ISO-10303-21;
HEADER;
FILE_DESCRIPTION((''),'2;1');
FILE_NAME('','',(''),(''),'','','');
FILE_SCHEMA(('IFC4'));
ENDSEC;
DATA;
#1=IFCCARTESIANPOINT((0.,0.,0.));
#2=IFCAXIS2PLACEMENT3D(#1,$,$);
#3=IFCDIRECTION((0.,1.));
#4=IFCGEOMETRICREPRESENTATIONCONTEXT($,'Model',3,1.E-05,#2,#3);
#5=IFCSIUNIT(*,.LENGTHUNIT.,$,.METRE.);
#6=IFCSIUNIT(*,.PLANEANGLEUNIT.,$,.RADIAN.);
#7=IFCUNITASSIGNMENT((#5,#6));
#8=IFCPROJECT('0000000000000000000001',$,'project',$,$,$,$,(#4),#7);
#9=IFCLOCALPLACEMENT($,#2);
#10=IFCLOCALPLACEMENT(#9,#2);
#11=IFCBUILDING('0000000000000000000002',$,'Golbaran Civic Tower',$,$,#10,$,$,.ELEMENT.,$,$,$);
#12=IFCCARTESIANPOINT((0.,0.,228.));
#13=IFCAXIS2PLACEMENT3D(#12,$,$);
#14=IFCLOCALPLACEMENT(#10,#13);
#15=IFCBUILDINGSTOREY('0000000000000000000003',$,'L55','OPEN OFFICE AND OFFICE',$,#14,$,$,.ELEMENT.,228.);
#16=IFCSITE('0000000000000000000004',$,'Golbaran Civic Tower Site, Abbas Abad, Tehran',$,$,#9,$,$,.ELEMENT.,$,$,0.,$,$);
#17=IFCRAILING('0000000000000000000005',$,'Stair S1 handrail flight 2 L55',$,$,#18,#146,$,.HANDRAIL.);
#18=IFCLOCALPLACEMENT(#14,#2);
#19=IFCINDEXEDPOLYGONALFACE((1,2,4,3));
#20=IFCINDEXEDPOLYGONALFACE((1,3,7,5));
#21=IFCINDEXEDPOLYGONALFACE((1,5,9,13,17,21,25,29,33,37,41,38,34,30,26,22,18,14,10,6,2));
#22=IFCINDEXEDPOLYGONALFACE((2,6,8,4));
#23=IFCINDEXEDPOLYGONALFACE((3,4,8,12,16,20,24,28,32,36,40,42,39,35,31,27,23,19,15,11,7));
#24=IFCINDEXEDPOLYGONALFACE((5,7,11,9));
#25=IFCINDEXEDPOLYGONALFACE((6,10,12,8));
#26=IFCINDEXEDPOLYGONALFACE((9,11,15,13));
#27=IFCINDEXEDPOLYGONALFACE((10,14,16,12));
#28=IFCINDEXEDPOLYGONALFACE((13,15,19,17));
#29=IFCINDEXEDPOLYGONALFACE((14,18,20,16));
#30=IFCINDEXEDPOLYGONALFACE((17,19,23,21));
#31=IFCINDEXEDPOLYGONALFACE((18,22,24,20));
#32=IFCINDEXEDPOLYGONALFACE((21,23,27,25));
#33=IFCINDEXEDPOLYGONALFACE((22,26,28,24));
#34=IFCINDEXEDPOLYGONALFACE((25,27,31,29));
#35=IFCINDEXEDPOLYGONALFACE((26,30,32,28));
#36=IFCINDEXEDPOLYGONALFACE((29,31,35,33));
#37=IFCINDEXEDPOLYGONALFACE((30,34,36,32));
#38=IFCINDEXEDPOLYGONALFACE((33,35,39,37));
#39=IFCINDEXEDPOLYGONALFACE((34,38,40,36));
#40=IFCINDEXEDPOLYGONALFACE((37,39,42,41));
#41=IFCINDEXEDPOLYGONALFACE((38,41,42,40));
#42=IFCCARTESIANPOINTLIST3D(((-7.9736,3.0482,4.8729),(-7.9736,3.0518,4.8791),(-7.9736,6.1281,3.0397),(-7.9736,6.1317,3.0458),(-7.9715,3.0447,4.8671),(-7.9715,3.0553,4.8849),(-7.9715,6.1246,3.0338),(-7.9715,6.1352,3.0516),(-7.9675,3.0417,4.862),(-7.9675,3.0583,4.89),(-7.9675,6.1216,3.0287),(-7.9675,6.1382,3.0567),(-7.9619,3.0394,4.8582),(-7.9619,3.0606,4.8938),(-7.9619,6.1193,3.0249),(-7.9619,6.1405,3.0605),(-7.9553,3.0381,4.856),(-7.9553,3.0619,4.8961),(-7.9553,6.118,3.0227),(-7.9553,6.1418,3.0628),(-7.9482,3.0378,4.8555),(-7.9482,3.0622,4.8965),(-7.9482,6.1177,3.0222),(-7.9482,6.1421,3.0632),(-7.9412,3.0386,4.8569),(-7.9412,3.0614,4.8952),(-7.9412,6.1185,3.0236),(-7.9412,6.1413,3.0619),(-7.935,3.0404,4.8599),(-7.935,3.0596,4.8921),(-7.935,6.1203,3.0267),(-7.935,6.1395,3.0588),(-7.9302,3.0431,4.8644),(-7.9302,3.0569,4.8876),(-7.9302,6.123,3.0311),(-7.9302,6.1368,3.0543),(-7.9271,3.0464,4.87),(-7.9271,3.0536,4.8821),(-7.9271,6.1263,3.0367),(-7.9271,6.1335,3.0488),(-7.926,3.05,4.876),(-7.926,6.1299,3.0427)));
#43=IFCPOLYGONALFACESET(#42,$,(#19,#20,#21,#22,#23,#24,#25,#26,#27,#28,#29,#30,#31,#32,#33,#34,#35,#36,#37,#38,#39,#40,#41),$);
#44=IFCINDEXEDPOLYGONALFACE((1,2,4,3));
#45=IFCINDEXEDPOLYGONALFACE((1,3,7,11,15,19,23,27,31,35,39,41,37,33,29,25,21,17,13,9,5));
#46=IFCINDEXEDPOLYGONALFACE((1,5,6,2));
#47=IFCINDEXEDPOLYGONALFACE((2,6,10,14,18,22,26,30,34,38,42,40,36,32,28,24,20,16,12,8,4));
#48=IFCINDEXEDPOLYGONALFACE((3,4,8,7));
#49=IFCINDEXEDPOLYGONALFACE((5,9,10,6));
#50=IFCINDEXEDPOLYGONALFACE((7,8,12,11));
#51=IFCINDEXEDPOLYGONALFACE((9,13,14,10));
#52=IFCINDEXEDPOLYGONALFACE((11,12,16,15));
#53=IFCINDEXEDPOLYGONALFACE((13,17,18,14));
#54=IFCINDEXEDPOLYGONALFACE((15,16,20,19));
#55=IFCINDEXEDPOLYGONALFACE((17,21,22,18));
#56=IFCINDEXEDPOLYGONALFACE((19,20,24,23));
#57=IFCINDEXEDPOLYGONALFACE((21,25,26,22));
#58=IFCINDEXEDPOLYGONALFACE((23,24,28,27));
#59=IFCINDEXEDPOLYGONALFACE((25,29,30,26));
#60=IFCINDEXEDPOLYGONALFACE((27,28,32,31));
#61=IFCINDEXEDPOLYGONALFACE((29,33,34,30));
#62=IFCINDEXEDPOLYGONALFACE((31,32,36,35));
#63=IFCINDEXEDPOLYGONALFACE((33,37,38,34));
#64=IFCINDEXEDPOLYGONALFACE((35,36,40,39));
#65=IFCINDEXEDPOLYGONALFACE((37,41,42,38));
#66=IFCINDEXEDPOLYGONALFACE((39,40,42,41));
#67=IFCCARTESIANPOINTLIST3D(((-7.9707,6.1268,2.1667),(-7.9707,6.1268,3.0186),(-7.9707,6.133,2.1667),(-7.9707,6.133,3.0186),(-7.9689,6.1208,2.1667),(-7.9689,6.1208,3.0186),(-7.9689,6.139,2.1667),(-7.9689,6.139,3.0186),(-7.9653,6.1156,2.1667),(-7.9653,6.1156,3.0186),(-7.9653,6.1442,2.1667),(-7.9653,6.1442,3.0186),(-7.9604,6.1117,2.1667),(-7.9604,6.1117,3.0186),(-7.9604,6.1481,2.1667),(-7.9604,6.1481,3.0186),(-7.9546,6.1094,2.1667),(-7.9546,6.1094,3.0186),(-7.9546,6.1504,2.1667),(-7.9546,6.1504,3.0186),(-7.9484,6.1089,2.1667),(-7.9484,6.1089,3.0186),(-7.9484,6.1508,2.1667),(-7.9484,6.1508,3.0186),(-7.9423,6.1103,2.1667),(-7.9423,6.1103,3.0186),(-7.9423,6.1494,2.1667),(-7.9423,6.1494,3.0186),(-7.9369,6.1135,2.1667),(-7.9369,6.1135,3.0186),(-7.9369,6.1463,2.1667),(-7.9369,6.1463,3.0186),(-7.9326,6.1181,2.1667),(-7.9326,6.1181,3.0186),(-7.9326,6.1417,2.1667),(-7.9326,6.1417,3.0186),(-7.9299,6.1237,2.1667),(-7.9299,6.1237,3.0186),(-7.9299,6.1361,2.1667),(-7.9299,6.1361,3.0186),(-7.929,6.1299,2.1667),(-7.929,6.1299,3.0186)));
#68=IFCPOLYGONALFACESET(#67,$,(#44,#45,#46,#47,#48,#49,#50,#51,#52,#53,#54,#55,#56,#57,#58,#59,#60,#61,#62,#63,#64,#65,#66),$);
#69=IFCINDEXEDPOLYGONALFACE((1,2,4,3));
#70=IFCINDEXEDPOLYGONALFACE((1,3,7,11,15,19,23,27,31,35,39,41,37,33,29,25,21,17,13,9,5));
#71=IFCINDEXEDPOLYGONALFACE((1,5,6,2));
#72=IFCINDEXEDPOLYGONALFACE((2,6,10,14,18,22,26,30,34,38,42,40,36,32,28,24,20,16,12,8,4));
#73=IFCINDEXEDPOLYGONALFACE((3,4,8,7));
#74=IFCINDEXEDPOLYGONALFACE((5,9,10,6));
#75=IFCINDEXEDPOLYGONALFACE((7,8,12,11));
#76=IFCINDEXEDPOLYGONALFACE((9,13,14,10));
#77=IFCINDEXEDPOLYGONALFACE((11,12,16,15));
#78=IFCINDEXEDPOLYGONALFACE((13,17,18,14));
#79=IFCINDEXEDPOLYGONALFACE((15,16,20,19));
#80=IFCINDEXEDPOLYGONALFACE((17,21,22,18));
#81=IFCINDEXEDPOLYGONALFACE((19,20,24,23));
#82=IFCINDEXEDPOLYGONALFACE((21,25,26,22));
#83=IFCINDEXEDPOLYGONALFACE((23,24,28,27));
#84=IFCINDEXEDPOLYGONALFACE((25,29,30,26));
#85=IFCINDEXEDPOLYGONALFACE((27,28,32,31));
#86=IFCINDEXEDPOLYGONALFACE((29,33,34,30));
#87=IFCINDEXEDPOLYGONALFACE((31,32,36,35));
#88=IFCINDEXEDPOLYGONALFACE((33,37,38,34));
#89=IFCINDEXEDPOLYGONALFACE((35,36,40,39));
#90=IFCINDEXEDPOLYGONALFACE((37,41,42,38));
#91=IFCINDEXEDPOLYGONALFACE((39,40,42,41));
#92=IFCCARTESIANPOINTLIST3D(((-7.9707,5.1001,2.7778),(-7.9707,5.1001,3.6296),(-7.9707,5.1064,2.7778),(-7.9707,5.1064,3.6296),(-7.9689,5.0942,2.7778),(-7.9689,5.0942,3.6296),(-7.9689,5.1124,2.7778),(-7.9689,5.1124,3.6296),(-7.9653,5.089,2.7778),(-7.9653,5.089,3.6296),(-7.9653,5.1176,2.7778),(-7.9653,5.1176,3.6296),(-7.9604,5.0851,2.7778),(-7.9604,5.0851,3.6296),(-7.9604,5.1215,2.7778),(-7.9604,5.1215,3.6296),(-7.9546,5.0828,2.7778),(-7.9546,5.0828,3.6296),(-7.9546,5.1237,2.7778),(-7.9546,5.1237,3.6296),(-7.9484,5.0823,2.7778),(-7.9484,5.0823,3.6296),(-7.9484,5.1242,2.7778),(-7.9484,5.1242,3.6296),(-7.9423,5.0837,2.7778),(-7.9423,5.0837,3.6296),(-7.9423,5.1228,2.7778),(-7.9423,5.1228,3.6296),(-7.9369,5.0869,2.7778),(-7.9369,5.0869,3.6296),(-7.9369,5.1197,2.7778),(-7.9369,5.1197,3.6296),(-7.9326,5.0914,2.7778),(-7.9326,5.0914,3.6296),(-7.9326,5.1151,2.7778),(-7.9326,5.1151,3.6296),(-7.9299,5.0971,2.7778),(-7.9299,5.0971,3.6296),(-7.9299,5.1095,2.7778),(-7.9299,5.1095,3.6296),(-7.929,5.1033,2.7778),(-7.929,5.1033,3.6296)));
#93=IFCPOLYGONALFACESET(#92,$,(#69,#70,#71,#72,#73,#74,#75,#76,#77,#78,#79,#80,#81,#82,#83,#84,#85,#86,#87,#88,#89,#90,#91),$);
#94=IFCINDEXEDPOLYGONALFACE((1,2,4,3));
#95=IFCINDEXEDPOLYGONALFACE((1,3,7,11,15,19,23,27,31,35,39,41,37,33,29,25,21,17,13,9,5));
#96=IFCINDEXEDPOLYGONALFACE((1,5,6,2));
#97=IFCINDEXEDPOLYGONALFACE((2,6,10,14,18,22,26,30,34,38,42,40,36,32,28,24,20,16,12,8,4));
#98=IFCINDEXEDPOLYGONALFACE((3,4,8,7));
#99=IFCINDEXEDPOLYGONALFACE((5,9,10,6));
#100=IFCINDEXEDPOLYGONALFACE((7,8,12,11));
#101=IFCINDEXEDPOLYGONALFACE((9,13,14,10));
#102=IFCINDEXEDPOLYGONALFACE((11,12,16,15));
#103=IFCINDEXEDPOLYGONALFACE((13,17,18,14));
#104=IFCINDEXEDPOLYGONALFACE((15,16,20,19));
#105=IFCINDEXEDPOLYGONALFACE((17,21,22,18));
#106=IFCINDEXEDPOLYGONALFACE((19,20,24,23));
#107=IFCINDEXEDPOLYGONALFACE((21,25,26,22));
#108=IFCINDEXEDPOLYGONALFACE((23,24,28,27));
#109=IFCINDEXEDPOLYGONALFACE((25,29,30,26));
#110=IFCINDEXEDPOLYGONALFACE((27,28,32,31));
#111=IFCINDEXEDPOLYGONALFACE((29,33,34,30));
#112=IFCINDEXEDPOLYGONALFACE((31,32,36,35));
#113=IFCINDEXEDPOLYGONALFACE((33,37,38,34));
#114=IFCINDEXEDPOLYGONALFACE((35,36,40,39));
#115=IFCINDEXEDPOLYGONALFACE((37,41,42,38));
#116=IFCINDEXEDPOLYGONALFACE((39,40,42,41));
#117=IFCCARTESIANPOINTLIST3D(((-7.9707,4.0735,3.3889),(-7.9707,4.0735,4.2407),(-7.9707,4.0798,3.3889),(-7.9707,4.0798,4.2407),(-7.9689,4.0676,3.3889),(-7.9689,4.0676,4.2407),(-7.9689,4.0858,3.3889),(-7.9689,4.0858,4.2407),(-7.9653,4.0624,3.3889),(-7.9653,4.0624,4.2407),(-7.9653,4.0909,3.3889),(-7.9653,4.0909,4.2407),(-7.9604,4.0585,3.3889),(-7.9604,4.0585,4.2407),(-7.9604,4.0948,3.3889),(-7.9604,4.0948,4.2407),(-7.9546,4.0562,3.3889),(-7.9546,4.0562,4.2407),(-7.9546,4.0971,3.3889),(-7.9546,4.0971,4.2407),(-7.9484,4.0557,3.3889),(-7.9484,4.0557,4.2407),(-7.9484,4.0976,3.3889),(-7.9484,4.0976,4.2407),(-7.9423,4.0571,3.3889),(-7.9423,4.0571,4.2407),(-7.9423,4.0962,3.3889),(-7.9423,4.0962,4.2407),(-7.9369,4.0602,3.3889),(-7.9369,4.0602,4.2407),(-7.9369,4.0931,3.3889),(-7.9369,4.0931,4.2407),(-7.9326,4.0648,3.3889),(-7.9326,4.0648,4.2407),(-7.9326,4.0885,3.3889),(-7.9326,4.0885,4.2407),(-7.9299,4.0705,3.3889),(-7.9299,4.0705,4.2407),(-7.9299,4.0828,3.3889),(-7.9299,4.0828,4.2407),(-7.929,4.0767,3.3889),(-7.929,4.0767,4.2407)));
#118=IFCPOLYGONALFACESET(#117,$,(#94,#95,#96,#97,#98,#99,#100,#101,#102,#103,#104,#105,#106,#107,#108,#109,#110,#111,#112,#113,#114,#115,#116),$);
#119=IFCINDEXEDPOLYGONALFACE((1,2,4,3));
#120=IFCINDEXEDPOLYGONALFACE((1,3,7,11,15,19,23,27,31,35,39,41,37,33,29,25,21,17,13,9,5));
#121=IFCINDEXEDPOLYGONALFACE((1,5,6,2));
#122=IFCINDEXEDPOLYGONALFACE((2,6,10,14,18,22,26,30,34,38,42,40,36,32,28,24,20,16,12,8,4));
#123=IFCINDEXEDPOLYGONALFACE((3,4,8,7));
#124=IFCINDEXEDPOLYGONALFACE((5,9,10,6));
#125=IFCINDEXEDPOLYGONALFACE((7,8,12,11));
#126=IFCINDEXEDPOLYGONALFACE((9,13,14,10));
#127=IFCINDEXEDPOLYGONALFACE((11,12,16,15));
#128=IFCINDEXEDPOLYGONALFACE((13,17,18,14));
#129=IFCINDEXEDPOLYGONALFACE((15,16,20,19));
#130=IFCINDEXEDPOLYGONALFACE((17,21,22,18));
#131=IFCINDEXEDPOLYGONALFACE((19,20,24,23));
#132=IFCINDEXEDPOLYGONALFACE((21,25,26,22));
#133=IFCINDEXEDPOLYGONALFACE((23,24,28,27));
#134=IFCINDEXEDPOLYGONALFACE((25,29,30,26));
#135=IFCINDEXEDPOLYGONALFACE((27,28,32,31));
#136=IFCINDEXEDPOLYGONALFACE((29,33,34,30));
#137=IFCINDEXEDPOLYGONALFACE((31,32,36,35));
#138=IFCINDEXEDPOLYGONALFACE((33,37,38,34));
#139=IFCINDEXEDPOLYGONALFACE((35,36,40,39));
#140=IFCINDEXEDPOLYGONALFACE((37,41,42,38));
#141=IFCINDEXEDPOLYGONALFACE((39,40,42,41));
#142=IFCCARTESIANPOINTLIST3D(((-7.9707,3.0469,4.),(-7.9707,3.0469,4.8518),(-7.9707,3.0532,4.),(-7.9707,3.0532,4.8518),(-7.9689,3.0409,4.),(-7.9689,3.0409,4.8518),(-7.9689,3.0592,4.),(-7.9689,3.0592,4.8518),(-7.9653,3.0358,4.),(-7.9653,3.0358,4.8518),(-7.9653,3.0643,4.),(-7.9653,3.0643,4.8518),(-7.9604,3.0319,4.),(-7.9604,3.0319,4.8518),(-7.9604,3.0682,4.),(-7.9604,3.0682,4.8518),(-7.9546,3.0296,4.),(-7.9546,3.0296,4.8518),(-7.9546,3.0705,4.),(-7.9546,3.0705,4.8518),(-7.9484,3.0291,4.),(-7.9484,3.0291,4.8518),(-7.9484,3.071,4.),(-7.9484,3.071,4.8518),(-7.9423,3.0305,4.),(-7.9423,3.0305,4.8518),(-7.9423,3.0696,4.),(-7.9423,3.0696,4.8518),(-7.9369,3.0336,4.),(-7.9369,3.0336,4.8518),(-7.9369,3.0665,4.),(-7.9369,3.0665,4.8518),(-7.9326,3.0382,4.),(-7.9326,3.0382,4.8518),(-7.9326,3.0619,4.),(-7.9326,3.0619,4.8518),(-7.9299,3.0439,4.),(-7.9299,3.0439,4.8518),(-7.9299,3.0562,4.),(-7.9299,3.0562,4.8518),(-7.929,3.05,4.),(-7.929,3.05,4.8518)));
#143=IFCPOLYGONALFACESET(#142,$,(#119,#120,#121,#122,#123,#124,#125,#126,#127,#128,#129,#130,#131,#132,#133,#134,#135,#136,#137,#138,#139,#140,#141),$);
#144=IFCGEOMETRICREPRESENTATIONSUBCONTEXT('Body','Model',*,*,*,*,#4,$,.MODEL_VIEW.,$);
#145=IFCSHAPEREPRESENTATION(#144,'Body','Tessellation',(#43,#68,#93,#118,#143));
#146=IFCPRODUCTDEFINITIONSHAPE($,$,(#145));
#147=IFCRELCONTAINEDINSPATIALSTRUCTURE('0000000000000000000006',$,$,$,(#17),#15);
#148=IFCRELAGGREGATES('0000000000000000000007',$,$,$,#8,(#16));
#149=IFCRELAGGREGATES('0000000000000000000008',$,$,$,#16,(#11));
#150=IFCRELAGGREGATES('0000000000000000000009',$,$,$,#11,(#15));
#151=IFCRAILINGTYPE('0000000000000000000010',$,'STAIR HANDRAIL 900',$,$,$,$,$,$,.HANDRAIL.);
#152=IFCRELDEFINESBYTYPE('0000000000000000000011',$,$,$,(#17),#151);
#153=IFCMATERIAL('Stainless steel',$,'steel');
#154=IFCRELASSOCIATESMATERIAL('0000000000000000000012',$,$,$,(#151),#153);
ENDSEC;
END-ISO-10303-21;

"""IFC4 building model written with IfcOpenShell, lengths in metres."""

from ifc_helpers import new_model, si_unit, direction, frame, origin, origin_2d, place, context, subcontext, project, spatial, circle, extrude, material, type_object, element, save


model = new_model("IFC4")

# Units and contexts
model_context = context("Model", 3, precision=1e-05, world=origin(), true_north=direction((0.0, 1.0)))
body_context = subcontext(model_context, "Body", "Model", "MODEL_VIEW")
ifc_project = project(units=[si_unit("LENGTHUNIT", "METRE"), si_unit("PLANEANGLEUNIT", "RADIAN")], contexts=[model_context])

# Site, building, storey
site_placement = place(None, origin())
site = spatial("IfcSite", under=ifc_project, at=site_placement, Name="Golbaran Civic Tower Site, Abbas Abad, Tehran", CompositionType="ELEMENT", RefElevation=0.0)
building_placement = place(site_placement, origin())
building = spatial("IfcBuilding", under=site, at=building_placement, Name="Golbaran Civic Tower", CompositionType="ELEMENT")
storey_placement = place(building_placement, frame((0.0, 0.0, 228.0)))
storey = spatial("IfcBuildingStorey", under=building, at=storey_placement, Name="L55", Description="OPEN OFFICE AND OFFICE", CompositionType="ELEMENT", Elevation=228.0)

# Shared definitions
ifc_material_1 = material(Name="Stainless steel", Category="steel")

# Railing
railing_type = type_object("IfcRailingType", Name="STAIR HANDRAIL 900", PredefinedType="HANDRAIL", material=ifc_material_1)
railing_1_placement = place(storey_placement, frame((-7.95, 6.1299, 2.1667)))
element("IfcRailing", 1, at=railing_1_placement, inside=storey, type_object=railing_type, Name="Stair S1 handrail flight 2 L55", PredefinedType="HANDRAIL", context=body_context, shape_type="SweptSolid", body=[
    extrude(circle(Radius=0.0239, at=origin_2d()), frame((0.0, 0.0, 0.876), z_axis=(0.0, -0.859291, 0.511487), x_axis=(1.0, 0.0, 0.0)), (0.0, 0.0, 1.0), 3.5842),
    extrude(circle(Radius=0.021, at=origin_2d()), origin(), (0.0, 0.0, 1.0), 0.8518),
    extrude(circle(Radius=0.021, at=origin_2d()), frame((0.0, -1.0266, 0.6111)), (0.0, 0.0, 1.0), 0.8518),
    extrude(circle(Radius=0.021, at=origin_2d()), frame((0.0, -2.0532, 1.2222)), (0.0, 0.0, 1.0), 0.8518),
    extrude(circle(Radius=0.021, at=origin_2d()), frame((0.0, -3.0798, 1.8333)), (0.0, 0.0, 1.0), 0.8518),
])

save(model, "model.ifc")
